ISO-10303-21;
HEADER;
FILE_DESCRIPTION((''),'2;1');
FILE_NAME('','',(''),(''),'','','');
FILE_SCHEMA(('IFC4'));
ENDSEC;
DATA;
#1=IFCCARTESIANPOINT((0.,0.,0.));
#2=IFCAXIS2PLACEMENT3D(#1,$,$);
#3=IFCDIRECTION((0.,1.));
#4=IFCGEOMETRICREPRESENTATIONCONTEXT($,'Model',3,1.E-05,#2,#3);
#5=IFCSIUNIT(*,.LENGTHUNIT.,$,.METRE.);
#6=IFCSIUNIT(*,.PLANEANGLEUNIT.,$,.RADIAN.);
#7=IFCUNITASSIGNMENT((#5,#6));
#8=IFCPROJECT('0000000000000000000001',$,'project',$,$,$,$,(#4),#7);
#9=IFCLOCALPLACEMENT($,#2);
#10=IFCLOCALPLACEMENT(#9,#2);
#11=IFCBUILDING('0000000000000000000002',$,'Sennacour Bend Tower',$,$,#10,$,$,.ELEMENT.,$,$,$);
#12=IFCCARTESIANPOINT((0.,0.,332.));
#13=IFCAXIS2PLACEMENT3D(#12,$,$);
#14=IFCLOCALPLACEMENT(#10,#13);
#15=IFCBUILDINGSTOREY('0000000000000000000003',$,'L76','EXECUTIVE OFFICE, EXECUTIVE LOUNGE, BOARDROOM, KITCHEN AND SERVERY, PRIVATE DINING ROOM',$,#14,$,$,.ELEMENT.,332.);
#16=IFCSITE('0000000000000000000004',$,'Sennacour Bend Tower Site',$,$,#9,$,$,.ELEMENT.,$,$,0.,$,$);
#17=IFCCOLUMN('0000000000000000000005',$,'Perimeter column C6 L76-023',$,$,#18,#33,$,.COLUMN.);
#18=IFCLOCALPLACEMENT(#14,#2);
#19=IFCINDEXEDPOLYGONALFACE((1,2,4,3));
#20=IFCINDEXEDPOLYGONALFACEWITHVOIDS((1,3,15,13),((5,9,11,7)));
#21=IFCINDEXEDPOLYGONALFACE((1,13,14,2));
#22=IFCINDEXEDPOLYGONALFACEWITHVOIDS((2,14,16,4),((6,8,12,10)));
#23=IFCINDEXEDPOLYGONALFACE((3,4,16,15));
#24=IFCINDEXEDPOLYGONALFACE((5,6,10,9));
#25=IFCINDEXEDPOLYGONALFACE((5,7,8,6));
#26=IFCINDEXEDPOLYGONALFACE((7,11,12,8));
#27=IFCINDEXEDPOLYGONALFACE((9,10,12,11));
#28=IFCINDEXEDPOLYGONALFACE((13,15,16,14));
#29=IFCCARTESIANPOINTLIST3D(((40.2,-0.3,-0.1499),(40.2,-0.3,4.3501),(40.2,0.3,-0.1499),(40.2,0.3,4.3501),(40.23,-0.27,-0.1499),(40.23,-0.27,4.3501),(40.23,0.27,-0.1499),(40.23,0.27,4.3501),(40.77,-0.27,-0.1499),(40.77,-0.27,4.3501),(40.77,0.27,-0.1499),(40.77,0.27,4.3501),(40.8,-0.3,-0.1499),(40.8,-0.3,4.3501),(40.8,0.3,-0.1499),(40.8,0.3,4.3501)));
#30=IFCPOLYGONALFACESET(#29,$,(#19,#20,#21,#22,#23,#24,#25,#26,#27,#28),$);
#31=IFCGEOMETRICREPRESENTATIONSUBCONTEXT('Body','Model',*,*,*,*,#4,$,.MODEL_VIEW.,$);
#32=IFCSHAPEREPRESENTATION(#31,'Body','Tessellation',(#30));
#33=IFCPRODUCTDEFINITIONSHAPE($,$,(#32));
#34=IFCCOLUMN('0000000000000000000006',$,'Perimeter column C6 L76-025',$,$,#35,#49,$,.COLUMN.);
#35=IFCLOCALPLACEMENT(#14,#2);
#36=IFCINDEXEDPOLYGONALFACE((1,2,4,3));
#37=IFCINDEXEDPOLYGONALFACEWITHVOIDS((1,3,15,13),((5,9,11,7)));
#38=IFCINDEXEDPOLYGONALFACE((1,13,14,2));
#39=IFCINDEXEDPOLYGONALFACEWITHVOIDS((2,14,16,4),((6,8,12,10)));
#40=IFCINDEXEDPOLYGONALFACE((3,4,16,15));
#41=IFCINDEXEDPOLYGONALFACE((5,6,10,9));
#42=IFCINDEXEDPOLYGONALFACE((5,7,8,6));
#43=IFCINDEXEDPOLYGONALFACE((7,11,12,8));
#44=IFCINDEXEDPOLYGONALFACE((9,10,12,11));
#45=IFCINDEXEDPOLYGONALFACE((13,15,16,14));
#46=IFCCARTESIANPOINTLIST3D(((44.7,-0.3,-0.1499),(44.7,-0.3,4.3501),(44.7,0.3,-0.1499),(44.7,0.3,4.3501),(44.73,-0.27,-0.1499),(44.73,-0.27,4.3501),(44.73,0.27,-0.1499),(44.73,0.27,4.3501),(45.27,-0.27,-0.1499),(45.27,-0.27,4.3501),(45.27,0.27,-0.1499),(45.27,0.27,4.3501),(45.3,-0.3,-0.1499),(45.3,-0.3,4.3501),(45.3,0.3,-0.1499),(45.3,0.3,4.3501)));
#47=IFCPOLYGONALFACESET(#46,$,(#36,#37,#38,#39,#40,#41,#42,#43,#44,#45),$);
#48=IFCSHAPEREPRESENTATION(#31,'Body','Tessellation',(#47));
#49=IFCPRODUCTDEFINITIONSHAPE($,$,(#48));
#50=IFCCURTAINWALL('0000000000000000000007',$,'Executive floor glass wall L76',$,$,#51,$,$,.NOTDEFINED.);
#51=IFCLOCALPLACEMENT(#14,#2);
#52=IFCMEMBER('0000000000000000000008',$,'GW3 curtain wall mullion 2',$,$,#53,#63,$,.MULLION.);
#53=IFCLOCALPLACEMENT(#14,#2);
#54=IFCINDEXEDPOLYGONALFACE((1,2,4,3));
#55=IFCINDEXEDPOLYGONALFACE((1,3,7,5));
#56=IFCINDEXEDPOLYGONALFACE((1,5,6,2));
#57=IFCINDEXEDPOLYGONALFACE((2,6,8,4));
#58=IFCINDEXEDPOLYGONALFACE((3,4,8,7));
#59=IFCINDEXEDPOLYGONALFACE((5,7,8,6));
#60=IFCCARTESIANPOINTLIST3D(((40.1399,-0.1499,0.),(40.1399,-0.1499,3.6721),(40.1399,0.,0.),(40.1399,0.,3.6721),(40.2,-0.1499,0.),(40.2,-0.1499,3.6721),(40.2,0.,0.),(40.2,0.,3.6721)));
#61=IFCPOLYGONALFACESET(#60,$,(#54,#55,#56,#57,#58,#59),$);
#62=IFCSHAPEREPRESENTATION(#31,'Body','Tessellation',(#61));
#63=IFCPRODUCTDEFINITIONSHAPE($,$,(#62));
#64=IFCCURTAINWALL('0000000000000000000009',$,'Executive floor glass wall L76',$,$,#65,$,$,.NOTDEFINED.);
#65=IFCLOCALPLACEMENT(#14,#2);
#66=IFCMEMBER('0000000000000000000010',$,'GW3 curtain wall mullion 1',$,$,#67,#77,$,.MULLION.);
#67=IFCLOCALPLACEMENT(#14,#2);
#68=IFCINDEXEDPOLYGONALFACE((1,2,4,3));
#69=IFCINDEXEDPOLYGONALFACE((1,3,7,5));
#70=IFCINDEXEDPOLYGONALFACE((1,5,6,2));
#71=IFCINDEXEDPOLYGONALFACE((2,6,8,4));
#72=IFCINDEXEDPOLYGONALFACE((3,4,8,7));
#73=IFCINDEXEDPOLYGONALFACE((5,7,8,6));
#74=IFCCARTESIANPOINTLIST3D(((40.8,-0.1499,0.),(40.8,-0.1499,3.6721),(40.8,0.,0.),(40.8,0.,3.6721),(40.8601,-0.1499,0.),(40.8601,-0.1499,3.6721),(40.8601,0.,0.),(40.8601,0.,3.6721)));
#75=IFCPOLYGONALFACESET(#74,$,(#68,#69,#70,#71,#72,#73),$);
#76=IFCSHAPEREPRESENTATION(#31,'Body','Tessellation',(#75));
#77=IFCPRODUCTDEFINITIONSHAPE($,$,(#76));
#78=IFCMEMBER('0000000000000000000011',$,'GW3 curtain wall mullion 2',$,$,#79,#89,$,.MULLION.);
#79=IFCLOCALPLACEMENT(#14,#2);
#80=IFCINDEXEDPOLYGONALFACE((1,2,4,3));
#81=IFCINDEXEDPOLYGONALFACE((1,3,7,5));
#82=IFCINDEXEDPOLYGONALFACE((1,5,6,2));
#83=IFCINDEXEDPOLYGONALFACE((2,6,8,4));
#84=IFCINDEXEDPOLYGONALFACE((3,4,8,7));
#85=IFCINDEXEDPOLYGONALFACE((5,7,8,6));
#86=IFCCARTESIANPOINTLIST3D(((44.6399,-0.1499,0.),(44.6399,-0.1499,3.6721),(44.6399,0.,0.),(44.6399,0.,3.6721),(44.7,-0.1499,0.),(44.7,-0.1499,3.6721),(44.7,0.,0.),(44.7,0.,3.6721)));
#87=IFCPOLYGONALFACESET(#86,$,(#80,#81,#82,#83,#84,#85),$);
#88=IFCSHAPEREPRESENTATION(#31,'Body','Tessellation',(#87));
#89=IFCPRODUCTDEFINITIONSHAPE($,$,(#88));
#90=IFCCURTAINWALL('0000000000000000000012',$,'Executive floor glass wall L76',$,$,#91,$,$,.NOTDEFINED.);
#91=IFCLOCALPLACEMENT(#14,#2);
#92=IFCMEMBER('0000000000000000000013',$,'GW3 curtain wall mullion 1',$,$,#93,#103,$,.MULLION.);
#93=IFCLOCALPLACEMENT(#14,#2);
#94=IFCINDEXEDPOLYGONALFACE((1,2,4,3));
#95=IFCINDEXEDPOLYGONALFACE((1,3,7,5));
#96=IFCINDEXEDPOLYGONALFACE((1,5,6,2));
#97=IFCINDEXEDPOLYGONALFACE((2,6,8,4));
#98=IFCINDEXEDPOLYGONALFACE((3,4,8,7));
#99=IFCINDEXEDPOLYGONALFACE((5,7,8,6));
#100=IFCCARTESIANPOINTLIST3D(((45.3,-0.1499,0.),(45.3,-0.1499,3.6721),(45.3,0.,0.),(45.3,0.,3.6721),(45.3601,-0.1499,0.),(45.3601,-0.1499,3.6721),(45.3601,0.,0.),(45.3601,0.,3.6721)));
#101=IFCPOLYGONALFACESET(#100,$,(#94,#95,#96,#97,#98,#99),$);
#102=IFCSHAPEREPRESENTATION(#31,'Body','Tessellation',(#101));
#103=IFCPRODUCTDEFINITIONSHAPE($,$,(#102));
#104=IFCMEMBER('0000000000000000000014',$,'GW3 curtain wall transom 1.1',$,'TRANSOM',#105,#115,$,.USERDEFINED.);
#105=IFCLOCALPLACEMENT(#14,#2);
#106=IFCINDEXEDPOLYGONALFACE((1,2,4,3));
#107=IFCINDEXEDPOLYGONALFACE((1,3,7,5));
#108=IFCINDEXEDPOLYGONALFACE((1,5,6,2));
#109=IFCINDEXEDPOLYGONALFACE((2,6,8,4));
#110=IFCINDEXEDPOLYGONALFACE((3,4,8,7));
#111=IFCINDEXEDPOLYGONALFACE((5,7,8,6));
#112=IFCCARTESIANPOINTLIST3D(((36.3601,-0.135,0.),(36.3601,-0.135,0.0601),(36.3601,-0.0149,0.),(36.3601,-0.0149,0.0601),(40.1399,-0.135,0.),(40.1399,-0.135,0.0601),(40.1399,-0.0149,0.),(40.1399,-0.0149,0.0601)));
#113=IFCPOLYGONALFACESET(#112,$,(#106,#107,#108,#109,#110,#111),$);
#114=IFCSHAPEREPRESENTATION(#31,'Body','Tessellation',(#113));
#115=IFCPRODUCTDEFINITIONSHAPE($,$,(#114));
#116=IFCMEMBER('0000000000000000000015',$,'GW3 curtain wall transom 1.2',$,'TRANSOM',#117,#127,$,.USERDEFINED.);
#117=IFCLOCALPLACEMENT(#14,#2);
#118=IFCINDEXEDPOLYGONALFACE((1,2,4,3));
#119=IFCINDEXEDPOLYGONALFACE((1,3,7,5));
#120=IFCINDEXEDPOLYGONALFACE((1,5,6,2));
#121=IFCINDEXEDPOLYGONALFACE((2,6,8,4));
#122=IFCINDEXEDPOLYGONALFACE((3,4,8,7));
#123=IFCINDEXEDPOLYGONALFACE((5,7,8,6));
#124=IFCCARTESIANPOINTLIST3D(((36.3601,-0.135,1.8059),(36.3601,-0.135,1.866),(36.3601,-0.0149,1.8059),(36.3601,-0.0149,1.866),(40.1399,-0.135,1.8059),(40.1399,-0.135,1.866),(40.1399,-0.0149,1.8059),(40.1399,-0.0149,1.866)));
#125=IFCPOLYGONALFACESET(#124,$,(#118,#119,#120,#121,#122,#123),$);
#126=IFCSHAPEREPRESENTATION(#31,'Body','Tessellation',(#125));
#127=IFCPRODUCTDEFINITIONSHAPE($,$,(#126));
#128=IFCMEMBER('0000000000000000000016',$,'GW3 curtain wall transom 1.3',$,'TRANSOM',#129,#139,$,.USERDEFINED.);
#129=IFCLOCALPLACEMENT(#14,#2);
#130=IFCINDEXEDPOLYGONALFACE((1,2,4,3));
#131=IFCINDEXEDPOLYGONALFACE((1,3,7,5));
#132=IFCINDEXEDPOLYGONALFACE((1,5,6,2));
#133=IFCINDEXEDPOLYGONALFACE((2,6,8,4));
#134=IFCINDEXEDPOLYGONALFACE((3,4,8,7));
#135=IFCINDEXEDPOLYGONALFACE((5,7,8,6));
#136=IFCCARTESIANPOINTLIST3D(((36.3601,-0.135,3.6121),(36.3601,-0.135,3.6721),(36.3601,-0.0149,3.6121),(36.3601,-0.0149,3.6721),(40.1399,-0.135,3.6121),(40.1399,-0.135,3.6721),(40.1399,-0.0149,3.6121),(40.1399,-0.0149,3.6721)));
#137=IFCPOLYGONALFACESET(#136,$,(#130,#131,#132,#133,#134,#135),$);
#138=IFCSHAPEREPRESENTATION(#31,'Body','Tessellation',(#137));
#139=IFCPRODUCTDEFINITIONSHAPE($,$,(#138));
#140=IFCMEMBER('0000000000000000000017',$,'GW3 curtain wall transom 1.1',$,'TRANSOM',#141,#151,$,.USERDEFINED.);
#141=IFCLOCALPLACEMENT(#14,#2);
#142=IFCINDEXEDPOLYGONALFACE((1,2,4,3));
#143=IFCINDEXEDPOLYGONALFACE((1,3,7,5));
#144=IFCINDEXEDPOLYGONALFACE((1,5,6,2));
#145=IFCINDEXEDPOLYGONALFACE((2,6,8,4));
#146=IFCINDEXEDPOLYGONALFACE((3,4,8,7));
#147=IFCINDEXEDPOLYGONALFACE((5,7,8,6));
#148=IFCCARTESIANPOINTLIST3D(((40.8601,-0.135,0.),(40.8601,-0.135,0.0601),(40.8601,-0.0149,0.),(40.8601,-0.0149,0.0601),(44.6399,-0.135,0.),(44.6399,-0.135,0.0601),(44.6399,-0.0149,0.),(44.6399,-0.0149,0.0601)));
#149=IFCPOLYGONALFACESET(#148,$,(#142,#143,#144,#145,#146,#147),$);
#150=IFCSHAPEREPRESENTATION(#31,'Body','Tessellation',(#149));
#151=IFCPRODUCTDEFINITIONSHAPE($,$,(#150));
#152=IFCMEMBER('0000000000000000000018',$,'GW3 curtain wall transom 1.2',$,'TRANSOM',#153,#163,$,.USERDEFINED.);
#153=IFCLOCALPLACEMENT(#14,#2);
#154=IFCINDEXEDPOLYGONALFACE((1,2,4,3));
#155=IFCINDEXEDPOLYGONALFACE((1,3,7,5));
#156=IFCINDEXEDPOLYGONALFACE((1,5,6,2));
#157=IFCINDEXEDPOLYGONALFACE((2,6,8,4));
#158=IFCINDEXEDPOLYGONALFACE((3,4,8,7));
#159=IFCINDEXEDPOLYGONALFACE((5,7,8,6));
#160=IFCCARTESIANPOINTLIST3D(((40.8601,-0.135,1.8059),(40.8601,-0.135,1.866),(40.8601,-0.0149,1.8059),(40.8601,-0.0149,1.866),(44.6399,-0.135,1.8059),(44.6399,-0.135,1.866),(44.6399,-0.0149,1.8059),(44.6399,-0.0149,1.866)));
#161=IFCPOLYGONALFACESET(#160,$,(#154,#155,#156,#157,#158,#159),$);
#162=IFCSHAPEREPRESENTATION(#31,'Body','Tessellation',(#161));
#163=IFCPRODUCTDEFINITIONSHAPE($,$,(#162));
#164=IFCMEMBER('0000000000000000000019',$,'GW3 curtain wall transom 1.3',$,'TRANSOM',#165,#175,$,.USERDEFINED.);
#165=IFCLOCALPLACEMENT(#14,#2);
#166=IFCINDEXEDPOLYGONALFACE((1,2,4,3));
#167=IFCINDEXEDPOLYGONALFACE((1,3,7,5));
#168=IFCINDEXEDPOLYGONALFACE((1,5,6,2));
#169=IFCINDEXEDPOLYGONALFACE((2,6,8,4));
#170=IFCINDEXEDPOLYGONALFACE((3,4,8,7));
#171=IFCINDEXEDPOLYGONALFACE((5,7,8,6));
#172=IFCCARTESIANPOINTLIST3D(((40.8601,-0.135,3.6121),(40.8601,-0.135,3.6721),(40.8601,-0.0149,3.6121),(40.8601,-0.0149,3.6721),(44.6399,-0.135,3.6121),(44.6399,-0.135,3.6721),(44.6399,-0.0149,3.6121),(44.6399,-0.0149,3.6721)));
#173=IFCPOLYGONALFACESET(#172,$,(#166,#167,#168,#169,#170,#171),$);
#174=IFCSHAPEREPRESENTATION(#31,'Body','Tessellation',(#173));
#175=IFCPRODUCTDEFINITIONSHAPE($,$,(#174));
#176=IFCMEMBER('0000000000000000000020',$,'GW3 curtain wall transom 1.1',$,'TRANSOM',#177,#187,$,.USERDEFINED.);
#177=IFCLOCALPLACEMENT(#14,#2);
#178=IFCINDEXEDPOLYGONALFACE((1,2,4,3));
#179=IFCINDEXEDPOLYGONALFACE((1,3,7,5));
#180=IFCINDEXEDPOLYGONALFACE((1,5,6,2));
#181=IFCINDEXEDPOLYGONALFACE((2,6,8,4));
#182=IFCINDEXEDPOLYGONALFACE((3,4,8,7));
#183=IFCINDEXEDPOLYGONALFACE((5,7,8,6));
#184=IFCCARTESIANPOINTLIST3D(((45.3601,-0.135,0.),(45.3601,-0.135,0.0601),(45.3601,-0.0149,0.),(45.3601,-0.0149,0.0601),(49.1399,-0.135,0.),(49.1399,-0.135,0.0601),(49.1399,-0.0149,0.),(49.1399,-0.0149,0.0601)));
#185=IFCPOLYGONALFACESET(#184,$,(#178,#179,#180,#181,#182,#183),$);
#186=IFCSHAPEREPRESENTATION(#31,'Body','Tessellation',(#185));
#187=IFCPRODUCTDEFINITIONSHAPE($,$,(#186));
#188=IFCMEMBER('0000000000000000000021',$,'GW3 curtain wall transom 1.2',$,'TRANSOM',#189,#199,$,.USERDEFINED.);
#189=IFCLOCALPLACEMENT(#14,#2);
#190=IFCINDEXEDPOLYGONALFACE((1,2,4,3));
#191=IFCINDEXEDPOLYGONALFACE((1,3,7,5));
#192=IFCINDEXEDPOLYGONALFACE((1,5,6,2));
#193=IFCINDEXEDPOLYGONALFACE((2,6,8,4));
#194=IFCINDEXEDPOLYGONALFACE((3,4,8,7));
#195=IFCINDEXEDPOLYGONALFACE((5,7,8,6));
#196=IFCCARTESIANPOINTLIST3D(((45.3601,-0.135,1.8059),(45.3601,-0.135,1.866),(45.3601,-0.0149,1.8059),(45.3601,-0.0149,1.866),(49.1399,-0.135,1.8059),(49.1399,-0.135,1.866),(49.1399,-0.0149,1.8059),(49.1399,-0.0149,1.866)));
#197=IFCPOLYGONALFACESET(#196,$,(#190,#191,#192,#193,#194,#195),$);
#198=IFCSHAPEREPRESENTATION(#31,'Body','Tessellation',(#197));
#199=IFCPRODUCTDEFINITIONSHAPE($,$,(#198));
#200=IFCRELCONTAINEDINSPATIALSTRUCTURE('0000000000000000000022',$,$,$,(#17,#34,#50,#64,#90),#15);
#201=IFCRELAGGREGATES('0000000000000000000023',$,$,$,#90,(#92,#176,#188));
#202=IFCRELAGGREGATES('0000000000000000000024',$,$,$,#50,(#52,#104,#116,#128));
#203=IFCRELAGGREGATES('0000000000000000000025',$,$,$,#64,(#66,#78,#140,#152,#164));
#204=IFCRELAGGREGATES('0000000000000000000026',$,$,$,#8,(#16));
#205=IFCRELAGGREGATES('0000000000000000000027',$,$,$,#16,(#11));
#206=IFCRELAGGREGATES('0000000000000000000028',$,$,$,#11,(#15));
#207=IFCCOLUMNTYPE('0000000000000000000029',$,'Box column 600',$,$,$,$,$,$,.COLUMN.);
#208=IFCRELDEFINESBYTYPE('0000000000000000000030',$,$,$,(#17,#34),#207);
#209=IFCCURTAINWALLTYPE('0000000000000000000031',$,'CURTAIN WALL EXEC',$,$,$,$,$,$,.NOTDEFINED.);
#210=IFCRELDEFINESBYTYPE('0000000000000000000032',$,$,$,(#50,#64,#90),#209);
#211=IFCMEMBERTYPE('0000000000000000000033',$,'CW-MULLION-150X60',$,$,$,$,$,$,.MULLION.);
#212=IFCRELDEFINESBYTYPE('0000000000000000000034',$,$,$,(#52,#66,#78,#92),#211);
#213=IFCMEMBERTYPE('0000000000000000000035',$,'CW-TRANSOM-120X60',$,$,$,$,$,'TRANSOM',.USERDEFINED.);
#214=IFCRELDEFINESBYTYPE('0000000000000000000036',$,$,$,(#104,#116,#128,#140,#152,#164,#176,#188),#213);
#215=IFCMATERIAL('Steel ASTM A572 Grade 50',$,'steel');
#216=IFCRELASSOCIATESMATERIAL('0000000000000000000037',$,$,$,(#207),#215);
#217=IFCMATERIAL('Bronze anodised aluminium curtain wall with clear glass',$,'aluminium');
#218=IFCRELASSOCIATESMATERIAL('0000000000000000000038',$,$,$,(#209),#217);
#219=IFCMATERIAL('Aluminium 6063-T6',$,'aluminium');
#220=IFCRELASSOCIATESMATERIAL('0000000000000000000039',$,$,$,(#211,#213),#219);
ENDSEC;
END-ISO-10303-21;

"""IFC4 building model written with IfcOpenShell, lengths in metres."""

from ifc_helpers import new_model, si_unit, direction, frame, origin, origin_2d, place, context, subcontext, project, spatial, rectangle, hollow_rectangle, extrude, material, material_profile, profile_set, type_object, element, aggregate, save


model = new_model("IFC4")

# Units and contexts
model_context = context("Model", 3, precision=1e-05, world=origin(), true_north=direction((0.0, 1.0)))
body_context = subcontext(model_context, "Body", "Model", "MODEL_VIEW")
ifc_project = project(units=[si_unit("LENGTHUNIT", "METRE"), si_unit("PLANEANGLEUNIT", "RADIAN")], contexts=[model_context])

# Site, building, storey
site_placement = place(None, origin())
site = spatial("IfcSite", under=ifc_project, at=site_placement, Name="Sennacour Bend Tower Site", CompositionType="ELEMENT", RefElevation=0.0)
building_placement = place(site_placement, origin())
building = spatial("IfcBuilding", under=site, at=building_placement, Name="Sennacour Bend Tower", CompositionType="ELEMENT")
storey_placement = place(building_placement, frame((0.0, 0.0, 332.0)))
storey = spatial("IfcBuildingStorey", under=building, at=storey_placement, Name="L76", Description="EXECUTIVE OFFICE, EXECUTIVE LOUNGE, BOARDROOM, KITCHEN AND SERVERY, PRIVATE DINING ROOM", CompositionType="ELEMENT", Elevation=332.0)

# Columns
ifc_material_1 = material(Name="Steel ASTM A572 Grade 50", Category="steel")
ifc_material_profile_1 = material_profile(ifc_material_1, hollow_rectangle(XDim=0.6001, YDim=0.6001, WallThickness=0.03, at=origin_2d()), Name="Steel ASTM A572 Grade 50", Category="steel")
ifc_profile_set_1 = profile_set([ifc_material_profile_1], Name="Steel ASTM A572 Grade 50")
column_type = type_object("IfcColumnType", Name="Box column 600", PredefinedType="COLUMN", material=ifc_profile_set_1)
for number, where, z_axis, x_axis, name in (
    (1, (40.5, 0.0, -0.1499), (0.0, 0.0, 1.0), (1.0, 0.0, 0.0), "Perimeter column C6 L76-023"),
    (2, (45.0, 0.0, -0.1499), (0.0, 0.0, 1.0), (1.0, 0.0, 0.0), "Perimeter column C6 L76-025"),
):
    element("IfcColumn", number, at=place(storey_placement, frame(where, z_axis=z_axis, x_axis=x_axis)), inside=storey, type_object=column_type, Name=name, PredefinedType="COLUMN", context=body_context, shape_type="SweptSolid", body=[
        extrude(hollow_rectangle(XDim=0.6001, YDim=0.6001, WallThickness=0.03, at=origin_2d()), origin(), (0.0, 0.0, 1.0), 4.5),
    ])

# Curtain wall, member
ifc_material_2 = material(Name="Bronze anodised aluminium curtain wall with clear glass", Category="aluminium")
curtain_wall_type = type_object("IfcCurtainWallType", Name="CURTAIN WALL EXEC", PredefinedType="NOTDEFINED", material=ifc_material_2)
curtain_wall_1_placement = place(storey_placement, origin())
curtain_wall_1 = element("IfcCurtainWall", 3, at=curtain_wall_1_placement, inside=storey, type_object=curtain_wall_type, Name="Executive floor glass wall L76", PredefinedType="NOTDEFINED")
ifc_material_3 = material(Name="Aluminium 6063-T6", Category="aluminium")
ifc_material_profile_2 = material_profile(ifc_material_3, rectangle(XDim=0.1499, YDim=0.0601, at=origin_2d()), Name="Aluminium 6063-T6", Category="aluminium")
ifc_profile_set_2 = profile_set([ifc_material_profile_2], Name="Aluminium 6063-T6")
member_type_1 = type_object("IfcMemberType", Name="CW-MULLION-150X60", PredefinedType="MULLION", material=ifc_profile_set_2)
member_1_placement = place(storey_placement, frame((40.1699, -0.075, 0.0), z_axis=(0.0, 0.0, 1.0), x_axis=(0.0, 1.0, 0.0)))
member_1 = element("IfcMember", 4, at=member_1_placement, type_object=member_type_1, Name="GW3 curtain wall mullion 2", PredefinedType="MULLION", context=body_context, shape_type="SweptSolid", body=[
    extrude(rectangle(XDim=0.1499, YDim=0.0601, at=origin_2d()), origin(), (0.0, 0.0, 1.0), 3.6721),
])

# Curtain wall, members
curtain_wall_2_placement = place(storey_placement, origin())
curtain_wall_2 = element("IfcCurtainWall", 5, at=curtain_wall_2_placement, inside=storey, type_object=curtain_wall_type, Name="Executive floor glass wall L76", PredefinedType="NOTDEFINED")
member_2_placement = place(storey_placement, frame((40.8301, -0.075, 0.0), z_axis=(0.0, 0.0, 1.0), x_axis=(0.0, 1.0, 0.0)))
member_2 = element("IfcMember", 6, at=member_2_placement, type_object=member_type_1, Name="GW3 curtain wall mullion 1", PredefinedType="MULLION", context=body_context, shape_type="SweptSolid", body=[
    extrude(rectangle(XDim=0.1499, YDim=0.0601, at=origin_2d()), origin(), (0.0, 0.0, 1.0), 3.6721),
])
member_3_placement = place(storey_placement, frame((44.6699, -0.075, 0.0), z_axis=(0.0, 0.0, 1.0), x_axis=(0.0, 1.0, 0.0)))
member_3 = element("IfcMember", 7, at=member_3_placement, type_object=member_type_1, Name="GW3 curtain wall mullion 2", PredefinedType="MULLION", context=body_context, shape_type="SweptSolid", body=[
    extrude(rectangle(XDim=0.1499, YDim=0.0601, at=origin_2d()), origin(), (0.0, 0.0, 1.0), 3.6721),
])

# Curtain wall, member
curtain_wall_3_placement = place(storey_placement, origin())
curtain_wall_3 = element("IfcCurtainWall", 8, at=curtain_wall_3_placement, inside=storey, type_object=curtain_wall_type, Name="Executive floor glass wall L76", PredefinedType="NOTDEFINED")
member_4_placement = place(storey_placement, frame((45.3301, -0.075, 0.0), z_axis=(0.0, 0.0, 1.0), x_axis=(0.0, 1.0, 0.0)))
member_4 = element("IfcMember", 9, at=member_4_placement, type_object=member_type_1, Name="GW3 curtain wall mullion 1", PredefinedType="MULLION", context=body_context, shape_type="SweptSolid", body=[
    extrude(rectangle(XDim=0.1499, YDim=0.0601, at=origin_2d()), origin(), (0.0, 0.0, 1.0), 3.6721),
])

# Members
ifc_material_profile_3 = material_profile(ifc_material_3, rectangle(XDim=0.1201, YDim=0.0601, at=origin_2d()), Name="Aluminium 6063-T6", Category="aluminium")
ifc_profile_set_3 = profile_set([ifc_material_profile_3], Name="Aluminium 6063-T6")
member_type_2 = type_object("IfcMemberType", Name="CW-TRANSOM-120X60", ElementType="TRANSOM", PredefinedType="USERDEFINED", material=ifc_profile_set_3)
member_5_placement = place(storey_placement, frame((36.3601, -0.075, 0.03), z_axis=(1.0, 0.0, 0.0), x_axis=(0.0, 1.0, 0.0)))
member_5 = element("IfcMember", 10, at=member_5_placement, type_object=member_type_2, Name="GW3 curtain wall transom 1.1", ObjectType="TRANSOM", PredefinedType="USERDEFINED", context=body_context, shape_type="SweptSolid", body=[
    extrude(rectangle(XDim=0.1201, YDim=0.0601, at=origin_2d()), origin(), (0.0, 0.0, 1.0), 3.7798),
])
member_6_placement = place(storey_placement, frame((36.3601, -0.075, 1.8359), z_axis=(1.0, 0.0, 0.0), x_axis=(0.0, 1.0, 0.0)))
member_6 = element("IfcMember", 11, at=member_6_placement, type_object=member_type_2, Name="GW3 curtain wall transom 1.2", ObjectType="TRANSOM", PredefinedType="USERDEFINED", context=body_context, shape_type="SweptSolid", body=[
    extrude(rectangle(XDim=0.1201, YDim=0.0601, at=origin_2d()), origin(), (0.0, 0.0, 1.0), 3.7798),
])
member_7_placement = place(storey_placement, frame((36.3601, -0.075, 3.6421), z_axis=(1.0, 0.0, 0.0), x_axis=(0.0, 1.0, 0.0)))
member_7 = element("IfcMember", 12, at=member_7_placement, type_object=member_type_2, Name="GW3 curtain wall transom 1.3", ObjectType="TRANSOM", PredefinedType="USERDEFINED", context=body_context, shape_type="SweptSolid", body=[
    extrude(rectangle(XDim=0.1201, YDim=0.0601, at=origin_2d()), origin(), (0.0, 0.0, 1.0), 3.7798),
])
member_8_placement = place(storey_placement, frame((40.8601, -0.075, 0.03), z_axis=(1.0, 0.0, 0.0), x_axis=(0.0, 1.0, 0.0)))
member_8 = element("IfcMember", 13, at=member_8_placement, type_object=member_type_2, Name="GW3 curtain wall transom 1.1", ObjectType="TRANSOM", PredefinedType="USERDEFINED", context=body_context, shape_type="SweptSolid", body=[
    extrude(rectangle(XDim=0.1201, YDim=0.0601, at=origin_2d()), origin(), (0.0, 0.0, 1.0), 3.7798),
])
member_9_placement = place(storey_placement, frame((40.8601, -0.075, 1.8359), z_axis=(1.0, 0.0, 0.0), x_axis=(0.0, 1.0, 0.0)))
member_9 = element("IfcMember", 14, at=member_9_placement, type_object=member_type_2, Name="GW3 curtain wall transom 1.2", ObjectType="TRANSOM", PredefinedType="USERDEFINED", context=body_context, shape_type="SweptSolid", body=[
    extrude(rectangle(XDim=0.1201, YDim=0.0601, at=origin_2d()), origin(), (0.0, 0.0, 1.0), 3.7798),
])
member_10_placement = place(storey_placement, frame((40.8601, -0.075, 3.6421), z_axis=(1.0, 0.0, 0.0), x_axis=(0.0, 1.0, 0.0)))
member_10 = element("IfcMember", 15, at=member_10_placement, type_object=member_type_2, Name="GW3 curtain wall transom 1.3", ObjectType="TRANSOM", PredefinedType="USERDEFINED", context=body_context, shape_type="SweptSolid", body=[
    extrude(rectangle(XDim=0.1201, YDim=0.0601, at=origin_2d()), origin(), (0.0, 0.0, 1.0), 3.7798),
])
member_11_placement = place(storey_placement, frame((45.3601, -0.075, 0.03), z_axis=(1.0, 0.0, 0.0), x_axis=(0.0, 1.0, 0.0)))
member_11 = element("IfcMember", 16, at=member_11_placement, type_object=member_type_2, Name="GW3 curtain wall transom 1.1", ObjectType="TRANSOM", PredefinedType="USERDEFINED", context=body_context, shape_type="SweptSolid", body=[
    extrude(rectangle(XDim=0.1201, YDim=0.0601, at=origin_2d()), origin(), (0.0, 0.0, 1.0), 3.7798),
])
member_12_placement = place(storey_placement, frame((45.3601, -0.075, 1.8359), z_axis=(1.0, 0.0, 0.0), x_axis=(0.0, 1.0, 0.0)))
member_12 = element("IfcMember", 17, at=member_12_placement, type_object=member_type_2, Name="GW3 curtain wall transom 1.2", ObjectType="TRANSOM", PredefinedType="USERDEFINED", context=body_context, shape_type="SweptSolid", body=[
    extrude(rectangle(XDim=0.1201, YDim=0.0601, at=origin_2d()), origin(), (0.0, 0.0, 1.0), 3.7798),
])
aggregate(curtain_wall_3, [member_4, member_11, member_12])

aggregate(curtain_wall_1, [member_1, member_5, member_6, member_7])
aggregate(curtain_wall_2, [member_2, member_3, member_8, member_9, member_10])

save(model, "model.ifc")
